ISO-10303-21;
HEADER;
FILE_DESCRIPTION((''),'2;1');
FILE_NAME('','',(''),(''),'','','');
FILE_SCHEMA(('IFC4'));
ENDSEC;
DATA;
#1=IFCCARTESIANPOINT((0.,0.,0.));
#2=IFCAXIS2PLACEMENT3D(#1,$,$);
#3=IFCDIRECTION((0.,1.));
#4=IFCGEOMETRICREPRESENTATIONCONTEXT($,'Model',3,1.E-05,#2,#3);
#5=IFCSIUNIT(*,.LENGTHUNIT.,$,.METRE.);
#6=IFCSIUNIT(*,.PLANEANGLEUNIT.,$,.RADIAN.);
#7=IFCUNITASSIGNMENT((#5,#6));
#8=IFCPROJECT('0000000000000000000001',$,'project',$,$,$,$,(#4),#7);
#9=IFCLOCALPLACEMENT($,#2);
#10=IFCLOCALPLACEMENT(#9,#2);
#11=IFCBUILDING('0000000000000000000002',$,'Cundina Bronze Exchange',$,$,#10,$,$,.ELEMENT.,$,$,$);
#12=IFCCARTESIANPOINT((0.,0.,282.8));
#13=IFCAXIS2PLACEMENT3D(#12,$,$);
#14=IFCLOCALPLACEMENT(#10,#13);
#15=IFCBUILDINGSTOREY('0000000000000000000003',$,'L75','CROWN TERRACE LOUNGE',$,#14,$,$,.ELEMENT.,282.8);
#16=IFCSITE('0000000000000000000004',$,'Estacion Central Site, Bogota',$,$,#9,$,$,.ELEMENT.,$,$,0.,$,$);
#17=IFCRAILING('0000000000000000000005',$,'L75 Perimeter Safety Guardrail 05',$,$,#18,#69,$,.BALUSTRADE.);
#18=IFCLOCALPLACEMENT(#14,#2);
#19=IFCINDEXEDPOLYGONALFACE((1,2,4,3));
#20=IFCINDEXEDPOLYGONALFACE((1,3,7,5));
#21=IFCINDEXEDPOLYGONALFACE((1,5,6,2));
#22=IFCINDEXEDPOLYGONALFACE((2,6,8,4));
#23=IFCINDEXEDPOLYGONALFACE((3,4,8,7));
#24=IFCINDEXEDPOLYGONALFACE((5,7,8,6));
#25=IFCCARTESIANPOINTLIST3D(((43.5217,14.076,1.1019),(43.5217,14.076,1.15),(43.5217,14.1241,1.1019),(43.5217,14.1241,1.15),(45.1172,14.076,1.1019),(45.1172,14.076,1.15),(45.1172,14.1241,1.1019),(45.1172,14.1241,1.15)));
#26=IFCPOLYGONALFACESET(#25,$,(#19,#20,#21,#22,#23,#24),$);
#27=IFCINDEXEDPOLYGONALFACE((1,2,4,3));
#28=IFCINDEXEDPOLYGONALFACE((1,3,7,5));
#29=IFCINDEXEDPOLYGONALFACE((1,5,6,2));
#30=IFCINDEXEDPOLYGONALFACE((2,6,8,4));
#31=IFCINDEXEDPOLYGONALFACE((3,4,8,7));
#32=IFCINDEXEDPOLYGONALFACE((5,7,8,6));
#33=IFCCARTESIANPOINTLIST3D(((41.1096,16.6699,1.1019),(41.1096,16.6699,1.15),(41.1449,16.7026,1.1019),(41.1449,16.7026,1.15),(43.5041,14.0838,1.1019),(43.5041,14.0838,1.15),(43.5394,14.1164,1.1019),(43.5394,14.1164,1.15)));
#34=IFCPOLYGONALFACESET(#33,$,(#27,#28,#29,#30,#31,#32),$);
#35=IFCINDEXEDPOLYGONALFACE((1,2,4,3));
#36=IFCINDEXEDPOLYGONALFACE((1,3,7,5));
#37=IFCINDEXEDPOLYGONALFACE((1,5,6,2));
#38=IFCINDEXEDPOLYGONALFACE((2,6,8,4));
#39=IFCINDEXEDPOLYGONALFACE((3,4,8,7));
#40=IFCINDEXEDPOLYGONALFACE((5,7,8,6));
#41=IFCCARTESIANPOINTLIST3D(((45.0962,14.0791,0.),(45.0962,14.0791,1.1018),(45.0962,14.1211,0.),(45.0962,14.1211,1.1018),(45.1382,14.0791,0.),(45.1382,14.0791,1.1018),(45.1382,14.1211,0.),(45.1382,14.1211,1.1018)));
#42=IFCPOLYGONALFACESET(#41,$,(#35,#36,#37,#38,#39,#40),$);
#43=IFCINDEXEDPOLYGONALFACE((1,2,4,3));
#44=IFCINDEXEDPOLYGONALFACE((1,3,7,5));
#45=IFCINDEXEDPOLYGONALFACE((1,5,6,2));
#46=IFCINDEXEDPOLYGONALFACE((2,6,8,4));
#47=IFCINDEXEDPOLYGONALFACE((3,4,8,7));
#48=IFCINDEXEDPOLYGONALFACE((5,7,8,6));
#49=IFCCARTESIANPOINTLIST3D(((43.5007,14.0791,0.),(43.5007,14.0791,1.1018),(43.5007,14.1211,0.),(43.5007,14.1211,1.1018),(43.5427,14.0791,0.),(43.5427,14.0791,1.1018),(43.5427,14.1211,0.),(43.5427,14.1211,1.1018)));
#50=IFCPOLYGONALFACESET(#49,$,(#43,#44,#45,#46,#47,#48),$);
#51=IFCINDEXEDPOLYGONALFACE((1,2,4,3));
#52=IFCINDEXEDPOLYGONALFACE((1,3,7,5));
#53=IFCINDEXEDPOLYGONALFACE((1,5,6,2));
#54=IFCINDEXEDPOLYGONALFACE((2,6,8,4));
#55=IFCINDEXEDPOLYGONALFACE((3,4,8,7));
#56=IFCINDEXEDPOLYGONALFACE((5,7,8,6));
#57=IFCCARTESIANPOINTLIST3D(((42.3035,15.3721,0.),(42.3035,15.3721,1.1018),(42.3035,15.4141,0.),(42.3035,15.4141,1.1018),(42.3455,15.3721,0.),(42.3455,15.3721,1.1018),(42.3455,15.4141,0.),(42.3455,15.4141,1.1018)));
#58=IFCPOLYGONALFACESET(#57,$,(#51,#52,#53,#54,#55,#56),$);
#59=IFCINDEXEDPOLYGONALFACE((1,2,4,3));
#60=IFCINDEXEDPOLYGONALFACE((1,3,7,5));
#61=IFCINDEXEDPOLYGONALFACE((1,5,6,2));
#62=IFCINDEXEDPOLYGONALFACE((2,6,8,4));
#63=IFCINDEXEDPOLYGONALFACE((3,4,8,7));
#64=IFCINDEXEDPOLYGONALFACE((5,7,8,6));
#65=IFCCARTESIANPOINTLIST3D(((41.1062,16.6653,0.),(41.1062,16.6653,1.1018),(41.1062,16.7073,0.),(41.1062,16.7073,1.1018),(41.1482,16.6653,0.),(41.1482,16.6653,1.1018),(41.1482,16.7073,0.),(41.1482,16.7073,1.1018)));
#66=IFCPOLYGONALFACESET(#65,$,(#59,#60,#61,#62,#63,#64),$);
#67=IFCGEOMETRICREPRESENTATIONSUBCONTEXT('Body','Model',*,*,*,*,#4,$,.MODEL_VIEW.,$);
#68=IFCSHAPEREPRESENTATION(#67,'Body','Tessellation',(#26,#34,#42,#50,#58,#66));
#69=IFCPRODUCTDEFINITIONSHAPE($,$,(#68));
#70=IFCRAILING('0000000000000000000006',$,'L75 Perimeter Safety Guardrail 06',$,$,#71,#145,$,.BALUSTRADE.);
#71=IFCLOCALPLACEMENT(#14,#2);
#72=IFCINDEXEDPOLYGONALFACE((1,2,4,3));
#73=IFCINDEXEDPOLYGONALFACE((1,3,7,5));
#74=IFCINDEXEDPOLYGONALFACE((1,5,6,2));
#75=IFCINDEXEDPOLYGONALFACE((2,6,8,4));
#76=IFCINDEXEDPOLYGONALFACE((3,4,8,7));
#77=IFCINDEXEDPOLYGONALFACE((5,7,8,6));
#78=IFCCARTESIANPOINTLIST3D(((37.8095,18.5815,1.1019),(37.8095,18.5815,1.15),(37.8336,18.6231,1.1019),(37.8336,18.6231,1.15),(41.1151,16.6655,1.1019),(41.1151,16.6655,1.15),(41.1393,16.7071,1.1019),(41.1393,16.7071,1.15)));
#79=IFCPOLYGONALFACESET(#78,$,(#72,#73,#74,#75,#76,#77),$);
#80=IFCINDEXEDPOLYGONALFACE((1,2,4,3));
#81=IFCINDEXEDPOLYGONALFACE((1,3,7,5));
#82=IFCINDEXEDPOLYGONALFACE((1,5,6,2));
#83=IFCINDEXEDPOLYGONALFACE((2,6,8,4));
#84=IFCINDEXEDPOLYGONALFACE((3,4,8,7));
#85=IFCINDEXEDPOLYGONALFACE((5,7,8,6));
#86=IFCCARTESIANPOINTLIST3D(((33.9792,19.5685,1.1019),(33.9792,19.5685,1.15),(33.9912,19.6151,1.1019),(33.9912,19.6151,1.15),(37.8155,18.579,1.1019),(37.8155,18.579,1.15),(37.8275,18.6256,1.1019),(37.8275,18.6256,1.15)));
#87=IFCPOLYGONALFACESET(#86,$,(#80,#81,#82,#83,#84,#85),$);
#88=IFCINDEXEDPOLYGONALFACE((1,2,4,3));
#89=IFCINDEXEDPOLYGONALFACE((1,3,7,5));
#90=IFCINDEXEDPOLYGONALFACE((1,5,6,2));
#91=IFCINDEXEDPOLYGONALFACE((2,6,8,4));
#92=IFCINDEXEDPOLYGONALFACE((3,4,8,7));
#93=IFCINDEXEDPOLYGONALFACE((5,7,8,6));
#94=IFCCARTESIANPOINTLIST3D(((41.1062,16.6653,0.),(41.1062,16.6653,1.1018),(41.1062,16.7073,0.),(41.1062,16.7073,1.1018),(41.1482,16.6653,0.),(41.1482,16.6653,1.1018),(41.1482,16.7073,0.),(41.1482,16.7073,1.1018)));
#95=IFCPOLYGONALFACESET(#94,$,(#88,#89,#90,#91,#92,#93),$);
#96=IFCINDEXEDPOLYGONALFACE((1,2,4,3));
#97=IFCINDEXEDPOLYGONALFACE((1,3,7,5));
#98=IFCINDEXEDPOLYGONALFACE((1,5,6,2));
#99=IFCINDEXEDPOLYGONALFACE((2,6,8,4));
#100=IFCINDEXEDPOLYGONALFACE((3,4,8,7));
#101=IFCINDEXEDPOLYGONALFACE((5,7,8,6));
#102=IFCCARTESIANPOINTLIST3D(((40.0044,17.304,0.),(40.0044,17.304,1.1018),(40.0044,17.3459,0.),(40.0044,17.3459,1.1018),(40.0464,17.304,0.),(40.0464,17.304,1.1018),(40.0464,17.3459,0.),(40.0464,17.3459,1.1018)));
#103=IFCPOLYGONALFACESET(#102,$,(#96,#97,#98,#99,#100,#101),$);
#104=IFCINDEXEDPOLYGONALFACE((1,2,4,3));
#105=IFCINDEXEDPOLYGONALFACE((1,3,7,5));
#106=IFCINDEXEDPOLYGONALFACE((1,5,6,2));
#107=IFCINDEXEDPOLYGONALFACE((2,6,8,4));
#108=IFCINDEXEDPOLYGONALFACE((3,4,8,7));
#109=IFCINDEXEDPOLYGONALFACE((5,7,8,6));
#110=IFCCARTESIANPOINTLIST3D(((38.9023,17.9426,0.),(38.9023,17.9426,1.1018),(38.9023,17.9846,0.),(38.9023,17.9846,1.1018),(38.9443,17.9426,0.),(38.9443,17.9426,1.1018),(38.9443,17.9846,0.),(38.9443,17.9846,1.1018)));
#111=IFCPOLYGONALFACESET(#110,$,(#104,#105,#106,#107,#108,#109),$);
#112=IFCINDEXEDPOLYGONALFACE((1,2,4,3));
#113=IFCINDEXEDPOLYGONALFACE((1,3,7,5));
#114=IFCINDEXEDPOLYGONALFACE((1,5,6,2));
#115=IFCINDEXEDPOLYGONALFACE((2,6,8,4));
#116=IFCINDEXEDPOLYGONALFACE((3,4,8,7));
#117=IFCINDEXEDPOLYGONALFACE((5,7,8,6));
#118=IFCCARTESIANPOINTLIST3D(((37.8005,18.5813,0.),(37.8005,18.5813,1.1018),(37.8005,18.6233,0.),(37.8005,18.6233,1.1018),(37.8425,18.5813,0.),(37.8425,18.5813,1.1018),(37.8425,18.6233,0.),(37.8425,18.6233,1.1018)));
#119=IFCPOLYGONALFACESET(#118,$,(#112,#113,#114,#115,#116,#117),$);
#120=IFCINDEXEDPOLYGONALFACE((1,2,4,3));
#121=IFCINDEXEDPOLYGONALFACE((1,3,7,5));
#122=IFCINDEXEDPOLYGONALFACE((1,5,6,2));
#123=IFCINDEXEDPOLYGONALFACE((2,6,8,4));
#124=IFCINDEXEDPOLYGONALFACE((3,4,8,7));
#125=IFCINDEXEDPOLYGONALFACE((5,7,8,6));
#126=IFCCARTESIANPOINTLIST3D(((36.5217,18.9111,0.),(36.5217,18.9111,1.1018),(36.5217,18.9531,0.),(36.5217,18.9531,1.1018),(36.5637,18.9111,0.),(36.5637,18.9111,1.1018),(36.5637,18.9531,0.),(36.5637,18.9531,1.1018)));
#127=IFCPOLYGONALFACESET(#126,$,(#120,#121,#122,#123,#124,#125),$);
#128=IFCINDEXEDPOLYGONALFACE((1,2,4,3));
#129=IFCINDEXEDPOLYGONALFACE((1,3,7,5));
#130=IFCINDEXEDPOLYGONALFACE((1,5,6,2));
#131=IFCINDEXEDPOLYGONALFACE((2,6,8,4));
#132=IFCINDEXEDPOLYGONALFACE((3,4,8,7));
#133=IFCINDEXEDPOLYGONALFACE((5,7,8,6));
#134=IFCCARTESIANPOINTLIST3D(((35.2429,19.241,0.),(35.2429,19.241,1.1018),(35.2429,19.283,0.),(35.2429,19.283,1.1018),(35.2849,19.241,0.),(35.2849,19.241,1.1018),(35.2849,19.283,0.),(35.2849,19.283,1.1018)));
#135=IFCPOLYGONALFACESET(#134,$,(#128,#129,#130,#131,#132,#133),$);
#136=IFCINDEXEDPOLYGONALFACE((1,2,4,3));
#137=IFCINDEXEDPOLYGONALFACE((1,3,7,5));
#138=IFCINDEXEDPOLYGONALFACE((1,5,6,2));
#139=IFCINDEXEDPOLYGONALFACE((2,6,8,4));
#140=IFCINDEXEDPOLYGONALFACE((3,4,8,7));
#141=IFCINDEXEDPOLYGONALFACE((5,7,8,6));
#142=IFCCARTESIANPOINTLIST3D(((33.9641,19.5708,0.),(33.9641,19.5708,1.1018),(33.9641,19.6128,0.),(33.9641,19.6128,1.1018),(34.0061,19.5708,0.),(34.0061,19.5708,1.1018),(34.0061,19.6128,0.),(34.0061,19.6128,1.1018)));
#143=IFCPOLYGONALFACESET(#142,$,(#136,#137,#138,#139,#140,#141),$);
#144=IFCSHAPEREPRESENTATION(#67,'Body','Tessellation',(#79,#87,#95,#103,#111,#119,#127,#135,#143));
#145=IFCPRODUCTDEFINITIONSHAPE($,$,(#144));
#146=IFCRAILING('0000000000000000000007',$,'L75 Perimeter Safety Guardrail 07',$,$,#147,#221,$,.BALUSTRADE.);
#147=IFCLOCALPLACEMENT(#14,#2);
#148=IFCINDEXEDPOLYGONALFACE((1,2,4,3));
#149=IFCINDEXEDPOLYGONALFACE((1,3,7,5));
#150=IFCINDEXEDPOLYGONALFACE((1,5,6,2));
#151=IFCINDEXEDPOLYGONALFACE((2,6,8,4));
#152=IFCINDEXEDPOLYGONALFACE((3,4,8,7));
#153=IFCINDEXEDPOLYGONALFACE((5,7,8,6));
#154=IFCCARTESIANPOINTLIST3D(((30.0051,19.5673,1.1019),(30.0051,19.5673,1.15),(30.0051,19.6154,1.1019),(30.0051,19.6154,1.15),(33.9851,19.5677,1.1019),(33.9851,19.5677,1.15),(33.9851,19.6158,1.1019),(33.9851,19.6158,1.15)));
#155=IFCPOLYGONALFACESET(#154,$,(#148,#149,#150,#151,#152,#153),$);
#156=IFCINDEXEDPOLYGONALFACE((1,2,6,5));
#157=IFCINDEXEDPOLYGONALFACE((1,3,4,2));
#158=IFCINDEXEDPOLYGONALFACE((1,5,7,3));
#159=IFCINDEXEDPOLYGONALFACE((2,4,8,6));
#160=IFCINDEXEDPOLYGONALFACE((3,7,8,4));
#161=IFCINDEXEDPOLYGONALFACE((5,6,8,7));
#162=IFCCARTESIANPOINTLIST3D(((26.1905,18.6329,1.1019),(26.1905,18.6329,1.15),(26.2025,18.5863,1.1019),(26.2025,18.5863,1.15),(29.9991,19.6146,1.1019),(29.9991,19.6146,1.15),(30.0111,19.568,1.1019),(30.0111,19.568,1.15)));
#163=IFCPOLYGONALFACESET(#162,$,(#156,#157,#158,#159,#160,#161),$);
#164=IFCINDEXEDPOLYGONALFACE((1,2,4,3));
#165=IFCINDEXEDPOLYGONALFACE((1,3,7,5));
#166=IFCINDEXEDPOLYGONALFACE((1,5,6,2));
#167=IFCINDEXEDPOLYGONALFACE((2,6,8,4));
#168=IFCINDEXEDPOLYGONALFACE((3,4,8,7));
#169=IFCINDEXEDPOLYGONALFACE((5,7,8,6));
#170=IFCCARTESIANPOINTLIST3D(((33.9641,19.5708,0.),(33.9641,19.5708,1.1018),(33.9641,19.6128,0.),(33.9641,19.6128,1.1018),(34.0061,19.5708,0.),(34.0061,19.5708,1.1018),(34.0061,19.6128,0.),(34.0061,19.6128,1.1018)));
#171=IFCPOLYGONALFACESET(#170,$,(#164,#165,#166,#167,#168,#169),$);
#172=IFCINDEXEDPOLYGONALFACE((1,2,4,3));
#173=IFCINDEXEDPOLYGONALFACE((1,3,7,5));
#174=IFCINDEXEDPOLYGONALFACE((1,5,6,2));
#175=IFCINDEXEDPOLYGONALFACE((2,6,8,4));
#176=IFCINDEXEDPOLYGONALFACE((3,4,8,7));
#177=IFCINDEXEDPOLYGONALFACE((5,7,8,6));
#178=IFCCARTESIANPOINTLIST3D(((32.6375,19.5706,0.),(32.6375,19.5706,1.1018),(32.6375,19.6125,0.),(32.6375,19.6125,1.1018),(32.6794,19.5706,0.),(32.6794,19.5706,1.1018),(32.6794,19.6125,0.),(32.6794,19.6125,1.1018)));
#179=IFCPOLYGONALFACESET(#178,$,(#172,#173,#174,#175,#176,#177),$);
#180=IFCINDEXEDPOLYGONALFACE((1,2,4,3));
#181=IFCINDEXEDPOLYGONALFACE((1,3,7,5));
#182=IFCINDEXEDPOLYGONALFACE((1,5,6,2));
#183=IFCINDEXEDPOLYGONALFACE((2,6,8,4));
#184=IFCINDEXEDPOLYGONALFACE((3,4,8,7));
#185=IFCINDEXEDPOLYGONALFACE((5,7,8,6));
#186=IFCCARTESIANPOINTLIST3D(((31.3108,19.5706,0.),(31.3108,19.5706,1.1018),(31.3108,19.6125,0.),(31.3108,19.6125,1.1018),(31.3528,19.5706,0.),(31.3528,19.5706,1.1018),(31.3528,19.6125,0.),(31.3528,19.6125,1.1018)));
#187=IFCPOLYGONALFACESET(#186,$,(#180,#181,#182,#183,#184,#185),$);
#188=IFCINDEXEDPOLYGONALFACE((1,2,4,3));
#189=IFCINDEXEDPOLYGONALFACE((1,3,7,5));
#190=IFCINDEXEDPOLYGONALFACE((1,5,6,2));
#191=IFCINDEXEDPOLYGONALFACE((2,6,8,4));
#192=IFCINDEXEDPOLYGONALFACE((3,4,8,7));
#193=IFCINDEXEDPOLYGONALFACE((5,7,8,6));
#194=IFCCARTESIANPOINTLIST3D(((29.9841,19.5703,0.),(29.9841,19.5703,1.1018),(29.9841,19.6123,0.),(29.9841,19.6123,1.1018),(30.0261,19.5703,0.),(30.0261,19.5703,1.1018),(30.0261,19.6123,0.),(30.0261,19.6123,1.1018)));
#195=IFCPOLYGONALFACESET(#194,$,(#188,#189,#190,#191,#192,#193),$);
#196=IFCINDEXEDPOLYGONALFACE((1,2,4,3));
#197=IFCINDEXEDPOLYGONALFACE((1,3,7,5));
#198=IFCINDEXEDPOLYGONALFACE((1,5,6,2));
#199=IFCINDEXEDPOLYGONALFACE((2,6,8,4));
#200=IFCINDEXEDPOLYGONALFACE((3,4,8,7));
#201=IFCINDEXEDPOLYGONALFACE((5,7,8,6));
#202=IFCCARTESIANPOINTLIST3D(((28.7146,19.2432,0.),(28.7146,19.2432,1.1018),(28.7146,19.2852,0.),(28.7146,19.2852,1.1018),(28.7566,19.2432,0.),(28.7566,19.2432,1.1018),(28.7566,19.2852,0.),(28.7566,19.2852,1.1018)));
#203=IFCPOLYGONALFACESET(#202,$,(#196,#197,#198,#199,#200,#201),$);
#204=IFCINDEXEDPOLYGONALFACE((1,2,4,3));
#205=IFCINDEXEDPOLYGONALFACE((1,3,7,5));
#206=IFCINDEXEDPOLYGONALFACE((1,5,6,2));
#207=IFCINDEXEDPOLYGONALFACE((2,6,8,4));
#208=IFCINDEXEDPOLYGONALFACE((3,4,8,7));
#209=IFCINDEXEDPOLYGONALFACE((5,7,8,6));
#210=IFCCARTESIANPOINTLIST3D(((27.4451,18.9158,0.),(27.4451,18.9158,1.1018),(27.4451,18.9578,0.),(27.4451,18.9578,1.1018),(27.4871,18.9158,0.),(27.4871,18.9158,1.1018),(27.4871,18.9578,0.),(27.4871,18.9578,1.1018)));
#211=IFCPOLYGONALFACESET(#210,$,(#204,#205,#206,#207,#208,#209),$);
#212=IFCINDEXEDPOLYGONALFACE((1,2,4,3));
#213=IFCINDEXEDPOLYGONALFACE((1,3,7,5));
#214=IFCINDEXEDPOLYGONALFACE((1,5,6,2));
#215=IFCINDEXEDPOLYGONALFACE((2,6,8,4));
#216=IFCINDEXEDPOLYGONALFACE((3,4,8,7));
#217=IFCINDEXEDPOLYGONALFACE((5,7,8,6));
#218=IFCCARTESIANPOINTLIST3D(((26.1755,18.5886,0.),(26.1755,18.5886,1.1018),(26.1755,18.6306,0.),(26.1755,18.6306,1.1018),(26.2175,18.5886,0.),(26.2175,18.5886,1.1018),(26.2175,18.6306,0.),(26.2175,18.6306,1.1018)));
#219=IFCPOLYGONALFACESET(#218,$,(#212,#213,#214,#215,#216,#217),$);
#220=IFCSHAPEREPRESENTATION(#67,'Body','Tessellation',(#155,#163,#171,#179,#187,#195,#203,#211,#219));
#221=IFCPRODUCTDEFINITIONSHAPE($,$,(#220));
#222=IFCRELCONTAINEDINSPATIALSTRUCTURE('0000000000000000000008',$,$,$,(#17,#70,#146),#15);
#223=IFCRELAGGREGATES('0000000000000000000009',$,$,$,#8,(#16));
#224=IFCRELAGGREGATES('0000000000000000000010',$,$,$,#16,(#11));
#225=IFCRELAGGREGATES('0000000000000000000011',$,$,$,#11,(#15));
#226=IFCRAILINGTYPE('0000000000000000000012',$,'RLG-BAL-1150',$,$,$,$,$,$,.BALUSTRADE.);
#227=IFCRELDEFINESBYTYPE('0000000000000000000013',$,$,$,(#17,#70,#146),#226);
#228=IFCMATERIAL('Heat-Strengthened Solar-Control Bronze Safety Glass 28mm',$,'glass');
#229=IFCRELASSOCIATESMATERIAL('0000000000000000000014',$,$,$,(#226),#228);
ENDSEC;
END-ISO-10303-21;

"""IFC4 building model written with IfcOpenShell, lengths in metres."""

from ifc_helpers import new_model, si_unit, direction, frame, origin, origin_2d, place, context, subcontext, project, spatial, rectangle, extrude, material, type_object, element, save


model = new_model("IFC4")

# Units and contexts
model_context = context("Model", 3, precision=1e-05, world=origin(), true_north=direction((0.0, 1.0)))
body_context = subcontext(model_context, "Body", "Model", "MODEL_VIEW")
ifc_project = project(units=[si_unit("LENGTHUNIT", "METRE"), si_unit("PLANEANGLEUNIT", "RADIAN")], contexts=[model_context])

# Site, building, storey
site_placement = place(None, origin())
site = spatial("IfcSite", under=ifc_project, at=site_placement, Name="Estacion Central Site, Bogota", CompositionType="ELEMENT", RefElevation=0.0)
building_placement = place(site_placement, origin())
building = spatial("IfcBuilding", under=site, at=building_placement, Name="Cundina Bronze Exchange", CompositionType="ELEMENT")
storey_placement = place(building_placement, frame((0.0, 0.0, 282.8)))
storey = spatial("IfcBuildingStorey", under=building, at=storey_placement, Name="L75", Description="CROWN TERRACE LOUNGE", CompositionType="ELEMENT", Elevation=282.8)

# Railings
ifc_material_1 = material(Name="Heat-Strengthened Solar-Control Bronze Safety Glass 28mm", Category="glass")
railing_type = type_object("IfcRailingType", Name="RLG-BAL-1150", PredefinedType="BALUSTRADE", material=ifc_material_1)
railing_1_placement = place(storey_placement, frame((45.1172, 14.1001, 0.0)))
element("IfcRailing", 1, at=railing_1_placement, inside=storey, type_object=railing_type, Name="L75 Perimeter Safety Guardrail 05", PredefinedType="BALUSTRADE", context=body_context, shape_type="SweptSolid", body=[
    extrude(rectangle(XDim=0.0481, YDim=0.0481, at=origin_2d()), frame((0.0, 0.0, 1.126), z_axis=(-1.0, 0.0, 0.0), x_axis=(0.0, -1.0, 0.0)), (0.0, 0.0, 1.0), 1.5955),
    extrude(rectangle(XDim=0.0481, YDim=0.0481, at=origin_2d()), frame((-1.5955, 0.0, 1.126), z_axis=(-0.679396, 0.733772, 0.0), x_axis=(-0.733772, -0.679396, 0.0)), (0.0, 0.0, 1.0), 3.5244),
    extrude(rectangle(XDim=0.042, YDim=0.042, at=origin_2d()), origin(), (0.0, 0.0, 1.0), 1.1018),
    extrude(rectangle(XDim=0.042, YDim=0.042, at=origin_2d()), frame((-1.5955, 0.0, 0.0)), (0.0, 0.0, 1.0), 1.1018),
    extrude(rectangle(XDim=0.042, YDim=0.042, at=origin_2d()), frame((-2.7927, 1.293, 0.0)), (0.0, 0.0, 1.0), 1.1018),
    extrude(rectangle(XDim=0.042, YDim=0.042, at=origin_2d()), frame((-3.99, 2.5862, 0.0)), (0.0, 0.0, 1.0), 1.1018),
])
railing_2_placement = place(storey_placement, frame((41.1272, 16.6863, 0.0)))
element("IfcRailing", 2, at=railing_2_placement, inside=storey, type_object=railing_type, Name="L75 Perimeter Safety Guardrail 06", PredefinedType="BALUSTRADE", context=body_context, shape_type="SweptSolid", body=[
    extrude(rectangle(XDim=0.0481, YDim=0.0481, at=origin_2d()), frame((0.0, 0.0, 1.126), z_axis=(-0.865175, 0.501469, 0.0), x_axis=(-0.501469, -0.865175, 0.0)), (0.0, 0.0, 1.0), 3.8208),
    extrude(rectangle(XDim=0.0481, YDim=0.0481, at=origin_2d()), frame((-3.3057, 1.916, 1.126), z_axis=(-0.968311, 0.249749, 0.0), x_axis=(-0.249749, -0.968311, 0.0)), (0.0, 0.0, 1.0), 3.9619),
    extrude(rectangle(XDim=0.042, YDim=0.042, at=origin_2d()), origin(), (0.0, 0.0, 1.0), 1.1018),
    extrude(rectangle(XDim=0.042, YDim=0.042, at=origin_2d()), frame((-1.1018, 0.6387, 0.0)), (0.0, 0.0, 1.0), 1.1018),
    extrude(rectangle(XDim=0.042, YDim=0.042, at=origin_2d()), frame((-2.2039, 1.2773, 0.0)), (0.0, 0.0, 1.0), 1.1018),
    extrude(rectangle(XDim=0.042, YDim=0.042, at=origin_2d()), frame((-3.3057, 1.916, 0.0)), (0.0, 0.0, 1.0), 1.1018),
    extrude(rectangle(XDim=0.042, YDim=0.042, at=origin_2d()), frame((-4.5845, 2.2458, 0.0)), (0.0, 0.0, 1.0), 1.1018),
    extrude(rectangle(XDim=0.042, YDim=0.042, at=origin_2d()), frame((-5.8633, 2.5757, 0.0)), (0.0, 0.0, 1.0), 1.1018),
    extrude(rectangle(XDim=0.042, YDim=0.042, at=origin_2d()), frame((-7.1421, 2.9055, 0.0)), (0.0, 0.0, 1.0), 1.1018),
])
railing_3_placement = place(storey_placement, frame((33.9851, 19.5918, 0.0)))
element("IfcRailing", 3, at=railing_3_placement, inside=storey, type_object=railing_type, Name="L75 Perimeter Safety Guardrail 07", PredefinedType="BALUSTRADE", context=body_context, shape_type="SweptSolid", body=[
    extrude(rectangle(XDim=0.0481, YDim=0.0481, at=origin_2d()), frame((0.0, 0.0, 1.126), z_axis=(-1.0, -0.000123, 0.0), x_axis=(0.000123, -1.0, 0.0)), (0.0, 0.0, 1.0), 3.98),
    extrude(rectangle(XDim=0.0481, YDim=0.0481, at=origin_2d()), frame((-3.98, -0.0005, 1.126), z_axis=(-0.968349, -0.249598, 0.0), x_axis=(0.249598, -0.968349, 0.0)), (0.0, 0.0, 1.0), 3.9331),
    extrude(rectangle(XDim=0.042, YDim=0.042, at=origin_2d()), origin(), (0.0, 0.0, 1.0), 1.1018),
    extrude(rectangle(XDim=0.042, YDim=0.042, at=origin_2d()), frame((-1.3267, -0.0002, 0.0)), (0.0, 0.0, 1.0), 1.1018),
    extrude(rectangle(XDim=0.042, YDim=0.042, at=origin_2d()), frame((-2.6533, -0.0002, 0.0)), (0.0, 0.0, 1.0), 1.1018),
    extrude(rectangle(XDim=0.042, YDim=0.042, at=origin_2d()), frame((-3.98, -0.0005, 0.0)), (0.0, 0.0, 1.0), 1.1018),
    extrude(rectangle(XDim=0.042, YDim=0.042, at=origin_2d()), frame((-5.2495, -0.3276, 0.0)), (0.0, 0.0, 1.0), 1.1018),
    extrude(rectangle(XDim=0.042, YDim=0.042, at=origin_2d()), frame((-6.519, -0.655, 0.0)), (0.0, 0.0, 1.0), 1.1018),
    extrude(rectangle(XDim=0.042, YDim=0.042, at=origin_2d()), frame((-7.7886, -0.9822, 0.0)), (0.0, 0.0, 1.0), 1.1018),
])

save(model, "model.ifc")
